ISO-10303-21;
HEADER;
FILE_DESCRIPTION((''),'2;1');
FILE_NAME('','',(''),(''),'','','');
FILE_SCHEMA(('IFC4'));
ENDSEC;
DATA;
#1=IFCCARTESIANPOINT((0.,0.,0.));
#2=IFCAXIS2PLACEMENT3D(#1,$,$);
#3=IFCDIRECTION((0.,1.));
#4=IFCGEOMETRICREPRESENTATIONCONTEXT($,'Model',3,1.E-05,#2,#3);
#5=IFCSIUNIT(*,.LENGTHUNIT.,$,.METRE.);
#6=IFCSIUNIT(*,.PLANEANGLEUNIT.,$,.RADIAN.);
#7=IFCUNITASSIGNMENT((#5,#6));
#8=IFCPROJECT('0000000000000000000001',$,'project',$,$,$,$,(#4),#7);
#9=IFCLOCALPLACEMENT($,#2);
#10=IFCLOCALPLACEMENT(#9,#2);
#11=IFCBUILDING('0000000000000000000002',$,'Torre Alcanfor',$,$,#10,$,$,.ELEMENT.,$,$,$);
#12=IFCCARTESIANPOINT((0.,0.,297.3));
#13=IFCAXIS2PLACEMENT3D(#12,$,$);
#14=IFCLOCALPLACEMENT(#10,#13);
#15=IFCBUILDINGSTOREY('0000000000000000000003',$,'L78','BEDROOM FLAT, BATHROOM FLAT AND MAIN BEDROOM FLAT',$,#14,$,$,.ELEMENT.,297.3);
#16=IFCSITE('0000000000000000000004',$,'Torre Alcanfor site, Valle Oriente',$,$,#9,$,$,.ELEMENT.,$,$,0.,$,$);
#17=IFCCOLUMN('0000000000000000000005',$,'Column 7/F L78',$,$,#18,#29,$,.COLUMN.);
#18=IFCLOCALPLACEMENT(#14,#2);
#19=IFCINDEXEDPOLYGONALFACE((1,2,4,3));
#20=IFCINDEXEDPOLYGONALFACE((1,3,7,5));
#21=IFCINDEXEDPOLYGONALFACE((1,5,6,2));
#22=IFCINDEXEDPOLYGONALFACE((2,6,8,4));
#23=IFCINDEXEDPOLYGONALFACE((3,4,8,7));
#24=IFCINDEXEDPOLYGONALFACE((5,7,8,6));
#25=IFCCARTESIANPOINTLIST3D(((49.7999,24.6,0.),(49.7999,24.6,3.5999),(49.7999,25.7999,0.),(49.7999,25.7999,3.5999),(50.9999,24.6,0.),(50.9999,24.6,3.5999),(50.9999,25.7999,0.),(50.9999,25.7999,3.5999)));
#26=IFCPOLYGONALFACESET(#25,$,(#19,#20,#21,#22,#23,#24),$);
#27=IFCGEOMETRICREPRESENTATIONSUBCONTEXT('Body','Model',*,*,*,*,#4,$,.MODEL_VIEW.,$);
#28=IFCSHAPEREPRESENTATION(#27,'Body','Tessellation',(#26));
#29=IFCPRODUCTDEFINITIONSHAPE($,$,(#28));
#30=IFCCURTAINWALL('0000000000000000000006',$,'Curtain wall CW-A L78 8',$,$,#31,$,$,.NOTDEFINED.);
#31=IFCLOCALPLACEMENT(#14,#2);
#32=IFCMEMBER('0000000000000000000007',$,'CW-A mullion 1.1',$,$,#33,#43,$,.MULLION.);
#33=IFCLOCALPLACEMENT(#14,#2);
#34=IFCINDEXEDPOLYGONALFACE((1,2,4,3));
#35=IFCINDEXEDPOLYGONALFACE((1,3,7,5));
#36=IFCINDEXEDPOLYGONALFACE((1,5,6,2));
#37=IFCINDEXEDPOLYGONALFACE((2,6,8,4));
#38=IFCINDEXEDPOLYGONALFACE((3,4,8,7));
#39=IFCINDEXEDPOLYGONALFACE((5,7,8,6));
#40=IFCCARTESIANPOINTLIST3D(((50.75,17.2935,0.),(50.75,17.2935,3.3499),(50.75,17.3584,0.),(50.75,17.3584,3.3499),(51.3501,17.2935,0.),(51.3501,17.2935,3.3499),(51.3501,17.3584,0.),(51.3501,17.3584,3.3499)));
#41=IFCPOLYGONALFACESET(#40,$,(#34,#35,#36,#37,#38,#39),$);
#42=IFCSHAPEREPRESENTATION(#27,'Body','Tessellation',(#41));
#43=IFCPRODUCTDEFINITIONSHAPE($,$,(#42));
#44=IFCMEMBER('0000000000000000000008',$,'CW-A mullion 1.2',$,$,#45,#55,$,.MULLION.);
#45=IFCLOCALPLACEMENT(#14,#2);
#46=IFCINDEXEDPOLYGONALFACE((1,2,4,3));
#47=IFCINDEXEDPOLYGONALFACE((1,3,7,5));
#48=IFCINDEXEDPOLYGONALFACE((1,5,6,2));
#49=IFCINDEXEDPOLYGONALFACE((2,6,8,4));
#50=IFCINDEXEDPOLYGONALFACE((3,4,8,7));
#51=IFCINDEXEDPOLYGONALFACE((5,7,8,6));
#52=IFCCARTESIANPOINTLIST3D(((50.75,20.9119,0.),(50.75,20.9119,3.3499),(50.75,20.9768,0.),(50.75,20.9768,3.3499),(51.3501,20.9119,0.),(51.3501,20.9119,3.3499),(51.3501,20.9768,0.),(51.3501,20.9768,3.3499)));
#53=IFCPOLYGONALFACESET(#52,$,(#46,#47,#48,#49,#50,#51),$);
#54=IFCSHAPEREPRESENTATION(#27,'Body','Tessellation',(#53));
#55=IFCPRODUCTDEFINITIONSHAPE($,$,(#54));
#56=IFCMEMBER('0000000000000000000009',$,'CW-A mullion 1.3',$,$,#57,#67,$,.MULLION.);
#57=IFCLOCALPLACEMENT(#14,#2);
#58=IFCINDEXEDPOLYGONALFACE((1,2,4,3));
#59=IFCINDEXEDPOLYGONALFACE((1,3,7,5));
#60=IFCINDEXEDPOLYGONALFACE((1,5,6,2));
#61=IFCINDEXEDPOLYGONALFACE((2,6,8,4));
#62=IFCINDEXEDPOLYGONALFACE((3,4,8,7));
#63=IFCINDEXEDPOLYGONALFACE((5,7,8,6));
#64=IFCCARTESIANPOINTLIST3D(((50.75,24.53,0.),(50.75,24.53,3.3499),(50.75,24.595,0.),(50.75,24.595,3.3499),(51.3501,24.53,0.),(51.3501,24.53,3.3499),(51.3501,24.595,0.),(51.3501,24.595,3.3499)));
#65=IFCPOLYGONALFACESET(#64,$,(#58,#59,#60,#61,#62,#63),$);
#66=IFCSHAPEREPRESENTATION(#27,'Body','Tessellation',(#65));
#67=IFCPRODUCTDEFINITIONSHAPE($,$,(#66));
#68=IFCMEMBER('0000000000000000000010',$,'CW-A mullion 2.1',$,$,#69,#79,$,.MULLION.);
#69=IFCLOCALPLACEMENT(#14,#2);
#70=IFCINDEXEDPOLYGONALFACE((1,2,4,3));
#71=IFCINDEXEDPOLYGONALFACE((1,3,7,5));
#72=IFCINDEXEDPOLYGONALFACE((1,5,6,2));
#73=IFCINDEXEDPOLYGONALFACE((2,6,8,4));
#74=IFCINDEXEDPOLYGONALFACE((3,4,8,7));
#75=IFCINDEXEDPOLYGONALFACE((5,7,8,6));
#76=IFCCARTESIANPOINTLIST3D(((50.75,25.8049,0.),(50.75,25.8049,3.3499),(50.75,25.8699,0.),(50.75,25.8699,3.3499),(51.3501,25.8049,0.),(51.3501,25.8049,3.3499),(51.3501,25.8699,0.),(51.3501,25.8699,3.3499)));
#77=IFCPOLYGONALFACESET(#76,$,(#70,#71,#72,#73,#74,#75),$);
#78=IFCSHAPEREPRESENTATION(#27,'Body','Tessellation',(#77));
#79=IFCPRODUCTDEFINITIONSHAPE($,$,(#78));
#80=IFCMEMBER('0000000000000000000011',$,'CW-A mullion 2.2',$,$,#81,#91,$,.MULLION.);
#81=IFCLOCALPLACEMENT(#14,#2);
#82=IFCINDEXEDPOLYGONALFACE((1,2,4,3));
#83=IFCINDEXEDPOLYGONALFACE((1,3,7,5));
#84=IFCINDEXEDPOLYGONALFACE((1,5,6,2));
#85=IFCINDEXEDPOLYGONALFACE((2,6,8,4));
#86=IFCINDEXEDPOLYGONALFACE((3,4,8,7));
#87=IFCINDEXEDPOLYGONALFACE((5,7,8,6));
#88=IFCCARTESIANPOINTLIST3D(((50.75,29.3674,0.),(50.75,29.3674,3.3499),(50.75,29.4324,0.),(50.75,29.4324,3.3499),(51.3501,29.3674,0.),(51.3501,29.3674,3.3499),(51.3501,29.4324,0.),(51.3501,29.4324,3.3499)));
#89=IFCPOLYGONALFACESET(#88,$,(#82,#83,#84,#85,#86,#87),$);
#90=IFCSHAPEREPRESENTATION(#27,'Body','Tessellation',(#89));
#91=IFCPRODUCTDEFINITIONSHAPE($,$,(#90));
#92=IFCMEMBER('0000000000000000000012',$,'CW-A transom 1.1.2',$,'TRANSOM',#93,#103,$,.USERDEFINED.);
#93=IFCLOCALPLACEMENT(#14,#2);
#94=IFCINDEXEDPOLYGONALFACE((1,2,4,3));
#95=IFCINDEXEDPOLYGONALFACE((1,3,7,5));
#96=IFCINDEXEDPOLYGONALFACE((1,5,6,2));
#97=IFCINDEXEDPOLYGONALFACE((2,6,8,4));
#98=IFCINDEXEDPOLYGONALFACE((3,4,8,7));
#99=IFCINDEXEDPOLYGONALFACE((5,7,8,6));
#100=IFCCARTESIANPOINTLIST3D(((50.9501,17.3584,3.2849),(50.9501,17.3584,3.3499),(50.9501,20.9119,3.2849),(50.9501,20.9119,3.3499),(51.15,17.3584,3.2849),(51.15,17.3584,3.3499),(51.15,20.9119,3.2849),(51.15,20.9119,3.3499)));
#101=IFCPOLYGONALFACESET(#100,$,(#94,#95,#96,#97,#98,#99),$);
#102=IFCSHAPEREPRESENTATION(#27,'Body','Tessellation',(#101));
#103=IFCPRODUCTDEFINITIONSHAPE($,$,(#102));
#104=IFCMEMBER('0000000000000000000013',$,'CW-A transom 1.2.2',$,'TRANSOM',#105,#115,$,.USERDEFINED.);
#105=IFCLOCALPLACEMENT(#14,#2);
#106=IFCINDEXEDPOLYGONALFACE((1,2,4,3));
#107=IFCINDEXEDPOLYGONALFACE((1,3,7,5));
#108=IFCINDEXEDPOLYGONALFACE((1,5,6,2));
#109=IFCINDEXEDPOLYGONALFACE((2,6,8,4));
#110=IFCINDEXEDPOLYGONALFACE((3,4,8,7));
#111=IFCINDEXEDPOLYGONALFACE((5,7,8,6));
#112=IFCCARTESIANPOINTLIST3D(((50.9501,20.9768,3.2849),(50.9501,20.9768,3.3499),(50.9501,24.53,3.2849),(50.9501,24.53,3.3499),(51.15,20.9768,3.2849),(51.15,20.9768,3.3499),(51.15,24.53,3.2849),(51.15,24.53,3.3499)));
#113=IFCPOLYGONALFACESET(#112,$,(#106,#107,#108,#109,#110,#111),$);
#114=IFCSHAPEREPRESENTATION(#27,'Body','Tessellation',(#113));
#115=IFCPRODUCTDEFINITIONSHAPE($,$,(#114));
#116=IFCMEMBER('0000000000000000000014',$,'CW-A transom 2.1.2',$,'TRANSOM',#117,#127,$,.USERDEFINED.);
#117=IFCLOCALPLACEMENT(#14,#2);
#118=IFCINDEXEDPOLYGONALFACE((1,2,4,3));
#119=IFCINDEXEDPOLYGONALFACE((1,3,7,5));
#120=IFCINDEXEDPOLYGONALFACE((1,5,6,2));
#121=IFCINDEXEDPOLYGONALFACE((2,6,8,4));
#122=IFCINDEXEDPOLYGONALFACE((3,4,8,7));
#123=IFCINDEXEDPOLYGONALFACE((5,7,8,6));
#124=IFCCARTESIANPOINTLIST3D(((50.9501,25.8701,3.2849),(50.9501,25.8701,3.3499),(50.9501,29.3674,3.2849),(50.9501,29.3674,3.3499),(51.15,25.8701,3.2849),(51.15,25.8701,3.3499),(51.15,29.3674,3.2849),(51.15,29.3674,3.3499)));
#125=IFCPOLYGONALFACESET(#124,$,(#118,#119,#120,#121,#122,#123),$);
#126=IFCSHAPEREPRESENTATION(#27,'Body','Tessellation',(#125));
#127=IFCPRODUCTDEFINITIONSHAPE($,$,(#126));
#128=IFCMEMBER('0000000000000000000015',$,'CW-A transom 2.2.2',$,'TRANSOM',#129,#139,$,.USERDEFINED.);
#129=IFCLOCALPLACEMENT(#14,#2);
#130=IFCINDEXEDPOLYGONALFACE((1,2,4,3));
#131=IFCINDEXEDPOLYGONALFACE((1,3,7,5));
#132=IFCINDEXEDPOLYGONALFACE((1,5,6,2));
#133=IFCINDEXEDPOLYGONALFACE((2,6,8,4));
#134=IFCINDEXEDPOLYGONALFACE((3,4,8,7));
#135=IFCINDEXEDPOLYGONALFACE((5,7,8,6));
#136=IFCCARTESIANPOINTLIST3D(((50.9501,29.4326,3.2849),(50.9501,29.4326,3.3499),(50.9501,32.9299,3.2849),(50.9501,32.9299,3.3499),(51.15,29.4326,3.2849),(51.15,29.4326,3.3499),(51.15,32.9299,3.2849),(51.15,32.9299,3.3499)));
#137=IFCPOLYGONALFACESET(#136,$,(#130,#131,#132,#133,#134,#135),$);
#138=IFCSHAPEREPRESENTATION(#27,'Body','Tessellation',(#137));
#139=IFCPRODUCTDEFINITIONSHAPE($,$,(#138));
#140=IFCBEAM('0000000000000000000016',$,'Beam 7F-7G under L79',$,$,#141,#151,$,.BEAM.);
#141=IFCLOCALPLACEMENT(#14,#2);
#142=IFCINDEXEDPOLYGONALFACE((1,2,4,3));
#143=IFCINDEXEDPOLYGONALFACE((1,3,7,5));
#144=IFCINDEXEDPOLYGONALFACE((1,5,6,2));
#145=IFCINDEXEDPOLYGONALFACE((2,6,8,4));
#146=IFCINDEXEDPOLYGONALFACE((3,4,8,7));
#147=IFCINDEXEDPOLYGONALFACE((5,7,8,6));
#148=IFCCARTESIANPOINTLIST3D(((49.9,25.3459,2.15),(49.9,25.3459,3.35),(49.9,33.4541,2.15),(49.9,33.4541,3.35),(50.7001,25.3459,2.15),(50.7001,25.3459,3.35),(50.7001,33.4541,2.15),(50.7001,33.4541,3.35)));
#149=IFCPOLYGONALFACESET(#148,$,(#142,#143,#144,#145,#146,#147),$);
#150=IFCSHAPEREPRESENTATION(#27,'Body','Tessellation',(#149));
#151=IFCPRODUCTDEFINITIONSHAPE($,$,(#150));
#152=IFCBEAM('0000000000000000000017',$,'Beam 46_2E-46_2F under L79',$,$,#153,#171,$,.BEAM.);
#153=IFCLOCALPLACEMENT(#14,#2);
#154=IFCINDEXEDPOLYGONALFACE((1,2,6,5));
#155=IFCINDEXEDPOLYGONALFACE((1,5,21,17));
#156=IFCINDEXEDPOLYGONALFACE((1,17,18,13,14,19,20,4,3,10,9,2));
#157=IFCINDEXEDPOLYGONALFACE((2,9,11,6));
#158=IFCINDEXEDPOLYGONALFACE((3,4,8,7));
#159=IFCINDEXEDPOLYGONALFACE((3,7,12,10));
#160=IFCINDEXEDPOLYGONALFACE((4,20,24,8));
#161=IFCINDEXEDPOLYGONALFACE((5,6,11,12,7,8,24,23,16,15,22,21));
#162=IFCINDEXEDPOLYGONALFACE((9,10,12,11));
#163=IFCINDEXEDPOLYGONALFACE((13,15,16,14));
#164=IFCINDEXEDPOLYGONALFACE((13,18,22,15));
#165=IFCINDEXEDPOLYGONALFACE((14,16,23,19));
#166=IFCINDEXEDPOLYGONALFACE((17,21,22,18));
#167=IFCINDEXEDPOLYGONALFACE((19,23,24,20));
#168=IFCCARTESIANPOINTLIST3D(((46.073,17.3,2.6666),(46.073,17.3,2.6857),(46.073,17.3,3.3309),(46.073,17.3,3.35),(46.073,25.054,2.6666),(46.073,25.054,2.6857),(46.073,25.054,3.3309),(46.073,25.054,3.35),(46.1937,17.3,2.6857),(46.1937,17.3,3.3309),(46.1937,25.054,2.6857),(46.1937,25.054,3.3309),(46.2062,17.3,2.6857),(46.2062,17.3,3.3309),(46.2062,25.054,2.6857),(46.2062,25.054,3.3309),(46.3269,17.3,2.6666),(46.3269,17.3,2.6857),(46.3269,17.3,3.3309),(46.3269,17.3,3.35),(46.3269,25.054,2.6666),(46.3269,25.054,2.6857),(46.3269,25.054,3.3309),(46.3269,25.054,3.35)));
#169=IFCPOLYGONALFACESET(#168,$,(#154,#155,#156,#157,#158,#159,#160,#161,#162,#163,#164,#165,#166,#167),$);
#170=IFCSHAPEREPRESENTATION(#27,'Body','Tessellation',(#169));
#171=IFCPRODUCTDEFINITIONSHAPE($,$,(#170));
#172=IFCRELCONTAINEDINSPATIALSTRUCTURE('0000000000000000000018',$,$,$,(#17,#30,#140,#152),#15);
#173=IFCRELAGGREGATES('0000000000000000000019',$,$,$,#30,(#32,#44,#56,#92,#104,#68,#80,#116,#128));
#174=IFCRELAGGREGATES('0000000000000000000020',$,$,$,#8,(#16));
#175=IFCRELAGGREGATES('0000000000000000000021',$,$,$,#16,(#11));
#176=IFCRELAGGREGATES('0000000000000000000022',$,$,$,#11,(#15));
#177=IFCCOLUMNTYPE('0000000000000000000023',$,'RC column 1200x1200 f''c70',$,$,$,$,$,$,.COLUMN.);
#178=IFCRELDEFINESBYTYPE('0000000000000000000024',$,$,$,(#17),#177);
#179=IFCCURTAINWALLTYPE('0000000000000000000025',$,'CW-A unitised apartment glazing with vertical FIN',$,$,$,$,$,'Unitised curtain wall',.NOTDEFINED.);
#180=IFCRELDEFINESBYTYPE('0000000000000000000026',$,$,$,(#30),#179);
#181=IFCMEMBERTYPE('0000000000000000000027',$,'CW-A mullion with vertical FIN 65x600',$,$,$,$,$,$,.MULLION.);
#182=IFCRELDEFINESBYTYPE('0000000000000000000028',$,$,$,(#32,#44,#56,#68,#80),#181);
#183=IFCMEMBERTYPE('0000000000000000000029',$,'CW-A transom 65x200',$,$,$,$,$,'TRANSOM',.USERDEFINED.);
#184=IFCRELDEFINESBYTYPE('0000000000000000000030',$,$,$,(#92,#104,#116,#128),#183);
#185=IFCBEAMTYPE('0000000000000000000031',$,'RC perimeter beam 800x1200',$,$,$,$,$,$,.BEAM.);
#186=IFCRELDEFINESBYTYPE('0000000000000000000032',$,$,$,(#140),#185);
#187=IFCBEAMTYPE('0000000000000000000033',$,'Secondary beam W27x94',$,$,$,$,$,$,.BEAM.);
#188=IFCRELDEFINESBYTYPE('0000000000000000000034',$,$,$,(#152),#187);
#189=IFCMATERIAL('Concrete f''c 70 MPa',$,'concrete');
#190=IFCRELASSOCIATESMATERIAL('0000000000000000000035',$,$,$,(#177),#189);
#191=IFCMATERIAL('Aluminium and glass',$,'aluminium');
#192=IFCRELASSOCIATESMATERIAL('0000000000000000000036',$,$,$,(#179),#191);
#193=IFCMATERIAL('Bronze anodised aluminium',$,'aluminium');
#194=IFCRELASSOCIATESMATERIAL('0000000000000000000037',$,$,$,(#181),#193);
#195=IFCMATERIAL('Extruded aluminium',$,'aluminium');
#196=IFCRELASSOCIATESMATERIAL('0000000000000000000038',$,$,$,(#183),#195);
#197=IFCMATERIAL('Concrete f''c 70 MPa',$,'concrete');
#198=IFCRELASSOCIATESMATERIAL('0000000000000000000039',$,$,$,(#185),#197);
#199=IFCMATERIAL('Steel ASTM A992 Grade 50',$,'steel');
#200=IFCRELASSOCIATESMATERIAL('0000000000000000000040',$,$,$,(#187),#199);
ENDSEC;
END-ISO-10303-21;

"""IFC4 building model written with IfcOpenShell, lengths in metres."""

from ifc_helpers import new_model, si_unit, direction, frame, origin, origin_2d, place, context, subcontext, project, spatial, rectangle, i_section, extrude, material, material_profile, profile_set, type_object, element, aggregate, save


model = new_model("IFC4")

# Units and contexts
model_context = context("Model", 3, precision=1e-05, world=origin(), true_north=direction((0.0, 1.0)))
body_context = subcontext(model_context, "Body", "Model", "MODEL_VIEW")
ifc_project = project(units=[si_unit("LENGTHUNIT", "METRE"), si_unit("PLANEANGLEUNIT", "RADIAN")], contexts=[model_context])

# Site, building, storey
site_placement = place(None, origin())
site = spatial("IfcSite", under=ifc_project, at=site_placement, Name="Torre Alcanfor site, Valle Oriente", CompositionType="ELEMENT", RefElevation=0.0)
building_placement = place(site_placement, origin())
building = spatial("IfcBuilding", under=site, at=building_placement, Name="Torre Alcanfor", CompositionType="ELEMENT")
storey_placement = place(building_placement, frame((0.0, 0.0, 297.3)))
storey = spatial("IfcBuildingStorey", under=building, at=storey_placement, Name="L78", Description="BEDROOM FLAT, BATHROOM FLAT AND MAIN BEDROOM FLAT", CompositionType="ELEMENT", Elevation=297.3)

# Column
ifc_material_1 = material(Name="Concrete f'c 70 MPa", Category="concrete")
ifc_material_profile_1 = material_profile(ifc_material_1, rectangle(XDim=1.2, YDim=1.2, at=origin_2d()), Name="1200x1200")
ifc_profile_set_1 = profile_set([ifc_material_profile_1], Name="Concrete f'c 70 MPa")
column_type = type_object("IfcColumnType", Name="RC column 1200x1200 f'c70", PredefinedType="COLUMN", material=ifc_profile_set_1)
column_placement = place(storey_placement, frame((50.3999, 25.2, 0.0), z_axis=(0.0, 0.0, 1.0), x_axis=(1.0, 0.0, 0.0)))
element("IfcColumn", 1, at=column_placement, inside=storey, type_object=column_type, Name="Column 7/F L78", PredefinedType="COLUMN", context=body_context, shape_type="SweptSolid", body=[
    extrude(rectangle(XDim=1.2, YDim=1.2, at=origin_2d()), origin(), (0.0, 0.0, 1.0), 3.5999),
])

# Curtain wall, members
ifc_material_2 = material(Name="Aluminium and glass", Category="aluminium")
curtain_wall_type = type_object("IfcCurtainWallType", Name="CW-A unitised apartment glazing with vertical FIN", ElementType="Unitised curtain wall", PredefinedType="NOTDEFINED", material=ifc_material_2)
curtain_wall_placement = place(storey_placement, origin())
curtain_wall = element("IfcCurtainWall", 2, at=curtain_wall_placement, inside=storey, type_object=curtain_wall_type, Name="Curtain wall CW-A L78 8", PredefinedType="NOTDEFINED")
ifc_material_3 = material(Name="Bronze anodised aluminium", Category="aluminium")
ifc_material_profile_2 = material_profile(ifc_material_3, rectangle(XDim=0.6001, YDim=0.0649, at=origin_2d()), Name="CW-A mullion 65x600")
ifc_profile_set_2 = profile_set([ifc_material_profile_2], Name="Bronze anodised aluminium")
member_type_1 = type_object("IfcMemberType", Name="CW-A mullion with vertical FIN 65x600", PredefinedType="MULLION", material=ifc_profile_set_2)
member_1_placement = place(storey_placement, frame((51.05, 17.3259, 0.0), z_axis=(0.0, 0.0, 1.0), x_axis=(-1.0, 0.0, 0.0)))
member_1 = element("IfcMember", 3, at=member_1_placement, type_object=member_type_1, Name="CW-A mullion 1.1", PredefinedType="MULLION", context=body_context, shape_type="SweptSolid", body=[
    extrude(rectangle(XDim=0.6001, YDim=0.0649, at=origin_2d()), origin(), (0.0, 0.0, 1.0), 3.3499),
])
member_2_placement = place(storey_placement, frame((51.05, 20.9443, 0.0), z_axis=(0.0, 0.0, 1.0), x_axis=(-1.0, 0.0, 0.0)))
member_2 = element("IfcMember", 4, at=member_2_placement, type_object=member_type_1, Name="CW-A mullion 1.2", PredefinedType="MULLION", context=body_context, shape_type="SweptSolid", body=[
    extrude(rectangle(XDim=0.6001, YDim=0.0649, at=origin_2d()), origin(), (0.0, 0.0, 1.0), 3.3499),
])
member_3_placement = place(storey_placement, frame((51.05, 24.5625, 0.0), z_axis=(0.0, 0.0, 1.0), x_axis=(-1.0, 0.0, 0.0)))
member_3 = element("IfcMember", 5, at=member_3_placement, type_object=member_type_1, Name="CW-A mullion 1.3", PredefinedType="MULLION", context=body_context, shape_type="SweptSolid", body=[
    extrude(rectangle(XDim=0.6001, YDim=0.0649, at=origin_2d()), origin(), (0.0, 0.0, 1.0), 3.3499),
])
member_4_placement = place(storey_placement, frame((51.05, 25.8374, 0.0), z_axis=(0.0, 0.0, 1.0), x_axis=(-1.0, 0.0, 0.0)))
member_4 = element("IfcMember", 6, at=member_4_placement, type_object=member_type_1, Name="CW-A mullion 2.1", PredefinedType="MULLION", context=body_context, shape_type="SweptSolid", body=[
    extrude(rectangle(XDim=0.6001, YDim=0.0649, at=origin_2d()), origin(), (0.0, 0.0, 1.0), 3.3499),
])
member_5_placement = place(storey_placement, frame((51.05, 29.3999, 0.0), z_axis=(0.0, 0.0, 1.0), x_axis=(-1.0, 0.0, 0.0)))
member_5 = element("IfcMember", 7, at=member_5_placement, type_object=member_type_1, Name="CW-A mullion 2.2", PredefinedType="MULLION", context=body_context, shape_type="SweptSolid", body=[
    extrude(rectangle(XDim=0.6001, YDim=0.0649, at=origin_2d()), origin(), (0.0, 0.0, 1.0), 3.3499),
])
ifc_material_4 = material(Name="Extruded aluminium", Category="aluminium")
ifc_material_profile_3 = material_profile(ifc_material_4, rectangle(XDim=0.2, YDim=0.0649, at=origin_2d()), Name="CW-A transom 200x65")
ifc_profile_set_3 = profile_set([ifc_material_profile_3], Name="Extruded aluminium")
member_type_2 = type_object("IfcMemberType", Name="CW-A transom 65x200", ElementType="TRANSOM", PredefinedType="USERDEFINED", material=ifc_profile_set_3)
member_6_placement = place(storey_placement, frame((51.05, 17.3584, 3.3174), z_axis=(0.0, 1.0, 0.0), x_axis=(-1.0, 0.0, 0.0)))
member_6 = element("IfcMember", 8, at=member_6_placement, type_object=member_type_2, Name="CW-A transom 1.1.2", ObjectType="TRANSOM", PredefinedType="USERDEFINED", context=body_context, shape_type="SweptSolid", body=[
    extrude(rectangle(XDim=0.2, YDim=0.0649, at=origin_2d()), origin(), (0.0, 0.0, 1.0), 3.5535),
])
member_7_placement = place(storey_placement, frame((51.05, 20.9768, 3.3174), z_axis=(0.0, 1.0, 0.0), x_axis=(-1.0, 0.0, 0.0)))
member_7 = element("IfcMember", 9, at=member_7_placement, type_object=member_type_2, Name="CW-A transom 1.2.2", ObjectType="TRANSOM", PredefinedType="USERDEFINED", context=body_context, shape_type="SweptSolid", body=[
    extrude(rectangle(XDim=0.2, YDim=0.0649, at=origin_2d()), origin(), (0.0, 0.0, 1.0), 3.5532),
])
member_8_placement = place(storey_placement, frame((51.05, 25.8701, 3.3174), z_axis=(0.0, 1.0, 0.0), x_axis=(-1.0, 0.0, 0.0)))
member_8 = element("IfcMember", 10, at=member_8_placement, type_object=member_type_2, Name="CW-A transom 2.1.2", ObjectType="TRANSOM", PredefinedType="USERDEFINED", context=body_context, shape_type="SweptSolid", body=[
    extrude(rectangle(XDim=0.2, YDim=0.0649, at=origin_2d()), origin(), (0.0, 0.0, 1.0), 3.4973),
])
member_9_placement = place(storey_placement, frame((51.05, 29.4326, 3.3174), z_axis=(0.0, 1.0, 0.0), x_axis=(-1.0, 0.0, 0.0)))
member_9 = element("IfcMember", 11, at=member_9_placement, type_object=member_type_2, Name="CW-A transom 2.2.2", ObjectType="TRANSOM", PredefinedType="USERDEFINED", context=body_context, shape_type="SweptSolid", body=[
    extrude(rectangle(XDim=0.2, YDim=0.0649, at=origin_2d()), origin(), (0.0, 0.0, 1.0), 3.4973),
])

# Beams
ifc_material_5 = material(Name="Concrete f'c 70 MPa", Category="concrete")
ifc_material_profile_4 = material_profile(ifc_material_5, rectangle(XDim=0.8, YDim=1.2, at=origin_2d()), Name="800x1200")
ifc_profile_set_4 = profile_set([ifc_material_profile_4], Name="Concrete f'c 70 MPa")
beam_type_1 = type_object("IfcBeamType", Name="RC perimeter beam 800x1200", PredefinedType="BEAM", material=ifc_profile_set_4)
beam_1_placement = place(storey_placement, frame((50.3, 25.3459, 2.75), z_axis=(0.0, 1.0, 0.0), x_axis=(-1.0, 0.0, 0.0)))
element("IfcBeam", 12, at=beam_1_placement, inside=storey, type_object=beam_type_1, Name="Beam 7F-7G under L79", PredefinedType="BEAM", context=body_context, shape_type="SweptSolid", body=[
    extrude(rectangle(XDim=0.8, YDim=1.2, at=origin_2d()), origin(), (0.0, 0.0, 1.0), 8.1082),
])
ifc_material_6 = material(Name="Steel ASTM A992 Grade 50", Category="steel")
ifc_material_profile_5 = material_profile(ifc_material_6, i_section(OverallWidth=0.2539, OverallDepth=0.6833, WebThickness=0.0125, FlangeThickness=0.019, at=origin_2d()), Name="W27x94")
ifc_profile_set_5 = profile_set([ifc_material_profile_5], Name="Steel ASTM A992 Grade 50")
beam_type_2 = type_object("IfcBeamType", Name="Secondary beam W27x94", PredefinedType="BEAM", material=ifc_profile_set_5)
beam_2_placement = place(storey_placement, frame((46.2, 17.3, 3.0083), z_axis=(0.0, 1.0, 0.0), x_axis=(-1.0, 0.0, 0.0)))
element("IfcBeam", 13, at=beam_2_placement, inside=storey, type_object=beam_type_2, Name="Beam 46_2E-46_2F under L79", PredefinedType="BEAM", context=body_context, shape_type="SweptSolid", body=[
    extrude(i_section(OverallWidth=0.2539, OverallDepth=0.6833, WebThickness=0.0125, FlangeThickness=0.019, at=origin_2d()), origin(), (0.0, 0.0, 1.0), 7.7539),
])

aggregate(curtain_wall, [member_1, member_2, member_3, member_6, member_7, member_4, member_5, member_8, member_9])

save(model, "model.ifc")
